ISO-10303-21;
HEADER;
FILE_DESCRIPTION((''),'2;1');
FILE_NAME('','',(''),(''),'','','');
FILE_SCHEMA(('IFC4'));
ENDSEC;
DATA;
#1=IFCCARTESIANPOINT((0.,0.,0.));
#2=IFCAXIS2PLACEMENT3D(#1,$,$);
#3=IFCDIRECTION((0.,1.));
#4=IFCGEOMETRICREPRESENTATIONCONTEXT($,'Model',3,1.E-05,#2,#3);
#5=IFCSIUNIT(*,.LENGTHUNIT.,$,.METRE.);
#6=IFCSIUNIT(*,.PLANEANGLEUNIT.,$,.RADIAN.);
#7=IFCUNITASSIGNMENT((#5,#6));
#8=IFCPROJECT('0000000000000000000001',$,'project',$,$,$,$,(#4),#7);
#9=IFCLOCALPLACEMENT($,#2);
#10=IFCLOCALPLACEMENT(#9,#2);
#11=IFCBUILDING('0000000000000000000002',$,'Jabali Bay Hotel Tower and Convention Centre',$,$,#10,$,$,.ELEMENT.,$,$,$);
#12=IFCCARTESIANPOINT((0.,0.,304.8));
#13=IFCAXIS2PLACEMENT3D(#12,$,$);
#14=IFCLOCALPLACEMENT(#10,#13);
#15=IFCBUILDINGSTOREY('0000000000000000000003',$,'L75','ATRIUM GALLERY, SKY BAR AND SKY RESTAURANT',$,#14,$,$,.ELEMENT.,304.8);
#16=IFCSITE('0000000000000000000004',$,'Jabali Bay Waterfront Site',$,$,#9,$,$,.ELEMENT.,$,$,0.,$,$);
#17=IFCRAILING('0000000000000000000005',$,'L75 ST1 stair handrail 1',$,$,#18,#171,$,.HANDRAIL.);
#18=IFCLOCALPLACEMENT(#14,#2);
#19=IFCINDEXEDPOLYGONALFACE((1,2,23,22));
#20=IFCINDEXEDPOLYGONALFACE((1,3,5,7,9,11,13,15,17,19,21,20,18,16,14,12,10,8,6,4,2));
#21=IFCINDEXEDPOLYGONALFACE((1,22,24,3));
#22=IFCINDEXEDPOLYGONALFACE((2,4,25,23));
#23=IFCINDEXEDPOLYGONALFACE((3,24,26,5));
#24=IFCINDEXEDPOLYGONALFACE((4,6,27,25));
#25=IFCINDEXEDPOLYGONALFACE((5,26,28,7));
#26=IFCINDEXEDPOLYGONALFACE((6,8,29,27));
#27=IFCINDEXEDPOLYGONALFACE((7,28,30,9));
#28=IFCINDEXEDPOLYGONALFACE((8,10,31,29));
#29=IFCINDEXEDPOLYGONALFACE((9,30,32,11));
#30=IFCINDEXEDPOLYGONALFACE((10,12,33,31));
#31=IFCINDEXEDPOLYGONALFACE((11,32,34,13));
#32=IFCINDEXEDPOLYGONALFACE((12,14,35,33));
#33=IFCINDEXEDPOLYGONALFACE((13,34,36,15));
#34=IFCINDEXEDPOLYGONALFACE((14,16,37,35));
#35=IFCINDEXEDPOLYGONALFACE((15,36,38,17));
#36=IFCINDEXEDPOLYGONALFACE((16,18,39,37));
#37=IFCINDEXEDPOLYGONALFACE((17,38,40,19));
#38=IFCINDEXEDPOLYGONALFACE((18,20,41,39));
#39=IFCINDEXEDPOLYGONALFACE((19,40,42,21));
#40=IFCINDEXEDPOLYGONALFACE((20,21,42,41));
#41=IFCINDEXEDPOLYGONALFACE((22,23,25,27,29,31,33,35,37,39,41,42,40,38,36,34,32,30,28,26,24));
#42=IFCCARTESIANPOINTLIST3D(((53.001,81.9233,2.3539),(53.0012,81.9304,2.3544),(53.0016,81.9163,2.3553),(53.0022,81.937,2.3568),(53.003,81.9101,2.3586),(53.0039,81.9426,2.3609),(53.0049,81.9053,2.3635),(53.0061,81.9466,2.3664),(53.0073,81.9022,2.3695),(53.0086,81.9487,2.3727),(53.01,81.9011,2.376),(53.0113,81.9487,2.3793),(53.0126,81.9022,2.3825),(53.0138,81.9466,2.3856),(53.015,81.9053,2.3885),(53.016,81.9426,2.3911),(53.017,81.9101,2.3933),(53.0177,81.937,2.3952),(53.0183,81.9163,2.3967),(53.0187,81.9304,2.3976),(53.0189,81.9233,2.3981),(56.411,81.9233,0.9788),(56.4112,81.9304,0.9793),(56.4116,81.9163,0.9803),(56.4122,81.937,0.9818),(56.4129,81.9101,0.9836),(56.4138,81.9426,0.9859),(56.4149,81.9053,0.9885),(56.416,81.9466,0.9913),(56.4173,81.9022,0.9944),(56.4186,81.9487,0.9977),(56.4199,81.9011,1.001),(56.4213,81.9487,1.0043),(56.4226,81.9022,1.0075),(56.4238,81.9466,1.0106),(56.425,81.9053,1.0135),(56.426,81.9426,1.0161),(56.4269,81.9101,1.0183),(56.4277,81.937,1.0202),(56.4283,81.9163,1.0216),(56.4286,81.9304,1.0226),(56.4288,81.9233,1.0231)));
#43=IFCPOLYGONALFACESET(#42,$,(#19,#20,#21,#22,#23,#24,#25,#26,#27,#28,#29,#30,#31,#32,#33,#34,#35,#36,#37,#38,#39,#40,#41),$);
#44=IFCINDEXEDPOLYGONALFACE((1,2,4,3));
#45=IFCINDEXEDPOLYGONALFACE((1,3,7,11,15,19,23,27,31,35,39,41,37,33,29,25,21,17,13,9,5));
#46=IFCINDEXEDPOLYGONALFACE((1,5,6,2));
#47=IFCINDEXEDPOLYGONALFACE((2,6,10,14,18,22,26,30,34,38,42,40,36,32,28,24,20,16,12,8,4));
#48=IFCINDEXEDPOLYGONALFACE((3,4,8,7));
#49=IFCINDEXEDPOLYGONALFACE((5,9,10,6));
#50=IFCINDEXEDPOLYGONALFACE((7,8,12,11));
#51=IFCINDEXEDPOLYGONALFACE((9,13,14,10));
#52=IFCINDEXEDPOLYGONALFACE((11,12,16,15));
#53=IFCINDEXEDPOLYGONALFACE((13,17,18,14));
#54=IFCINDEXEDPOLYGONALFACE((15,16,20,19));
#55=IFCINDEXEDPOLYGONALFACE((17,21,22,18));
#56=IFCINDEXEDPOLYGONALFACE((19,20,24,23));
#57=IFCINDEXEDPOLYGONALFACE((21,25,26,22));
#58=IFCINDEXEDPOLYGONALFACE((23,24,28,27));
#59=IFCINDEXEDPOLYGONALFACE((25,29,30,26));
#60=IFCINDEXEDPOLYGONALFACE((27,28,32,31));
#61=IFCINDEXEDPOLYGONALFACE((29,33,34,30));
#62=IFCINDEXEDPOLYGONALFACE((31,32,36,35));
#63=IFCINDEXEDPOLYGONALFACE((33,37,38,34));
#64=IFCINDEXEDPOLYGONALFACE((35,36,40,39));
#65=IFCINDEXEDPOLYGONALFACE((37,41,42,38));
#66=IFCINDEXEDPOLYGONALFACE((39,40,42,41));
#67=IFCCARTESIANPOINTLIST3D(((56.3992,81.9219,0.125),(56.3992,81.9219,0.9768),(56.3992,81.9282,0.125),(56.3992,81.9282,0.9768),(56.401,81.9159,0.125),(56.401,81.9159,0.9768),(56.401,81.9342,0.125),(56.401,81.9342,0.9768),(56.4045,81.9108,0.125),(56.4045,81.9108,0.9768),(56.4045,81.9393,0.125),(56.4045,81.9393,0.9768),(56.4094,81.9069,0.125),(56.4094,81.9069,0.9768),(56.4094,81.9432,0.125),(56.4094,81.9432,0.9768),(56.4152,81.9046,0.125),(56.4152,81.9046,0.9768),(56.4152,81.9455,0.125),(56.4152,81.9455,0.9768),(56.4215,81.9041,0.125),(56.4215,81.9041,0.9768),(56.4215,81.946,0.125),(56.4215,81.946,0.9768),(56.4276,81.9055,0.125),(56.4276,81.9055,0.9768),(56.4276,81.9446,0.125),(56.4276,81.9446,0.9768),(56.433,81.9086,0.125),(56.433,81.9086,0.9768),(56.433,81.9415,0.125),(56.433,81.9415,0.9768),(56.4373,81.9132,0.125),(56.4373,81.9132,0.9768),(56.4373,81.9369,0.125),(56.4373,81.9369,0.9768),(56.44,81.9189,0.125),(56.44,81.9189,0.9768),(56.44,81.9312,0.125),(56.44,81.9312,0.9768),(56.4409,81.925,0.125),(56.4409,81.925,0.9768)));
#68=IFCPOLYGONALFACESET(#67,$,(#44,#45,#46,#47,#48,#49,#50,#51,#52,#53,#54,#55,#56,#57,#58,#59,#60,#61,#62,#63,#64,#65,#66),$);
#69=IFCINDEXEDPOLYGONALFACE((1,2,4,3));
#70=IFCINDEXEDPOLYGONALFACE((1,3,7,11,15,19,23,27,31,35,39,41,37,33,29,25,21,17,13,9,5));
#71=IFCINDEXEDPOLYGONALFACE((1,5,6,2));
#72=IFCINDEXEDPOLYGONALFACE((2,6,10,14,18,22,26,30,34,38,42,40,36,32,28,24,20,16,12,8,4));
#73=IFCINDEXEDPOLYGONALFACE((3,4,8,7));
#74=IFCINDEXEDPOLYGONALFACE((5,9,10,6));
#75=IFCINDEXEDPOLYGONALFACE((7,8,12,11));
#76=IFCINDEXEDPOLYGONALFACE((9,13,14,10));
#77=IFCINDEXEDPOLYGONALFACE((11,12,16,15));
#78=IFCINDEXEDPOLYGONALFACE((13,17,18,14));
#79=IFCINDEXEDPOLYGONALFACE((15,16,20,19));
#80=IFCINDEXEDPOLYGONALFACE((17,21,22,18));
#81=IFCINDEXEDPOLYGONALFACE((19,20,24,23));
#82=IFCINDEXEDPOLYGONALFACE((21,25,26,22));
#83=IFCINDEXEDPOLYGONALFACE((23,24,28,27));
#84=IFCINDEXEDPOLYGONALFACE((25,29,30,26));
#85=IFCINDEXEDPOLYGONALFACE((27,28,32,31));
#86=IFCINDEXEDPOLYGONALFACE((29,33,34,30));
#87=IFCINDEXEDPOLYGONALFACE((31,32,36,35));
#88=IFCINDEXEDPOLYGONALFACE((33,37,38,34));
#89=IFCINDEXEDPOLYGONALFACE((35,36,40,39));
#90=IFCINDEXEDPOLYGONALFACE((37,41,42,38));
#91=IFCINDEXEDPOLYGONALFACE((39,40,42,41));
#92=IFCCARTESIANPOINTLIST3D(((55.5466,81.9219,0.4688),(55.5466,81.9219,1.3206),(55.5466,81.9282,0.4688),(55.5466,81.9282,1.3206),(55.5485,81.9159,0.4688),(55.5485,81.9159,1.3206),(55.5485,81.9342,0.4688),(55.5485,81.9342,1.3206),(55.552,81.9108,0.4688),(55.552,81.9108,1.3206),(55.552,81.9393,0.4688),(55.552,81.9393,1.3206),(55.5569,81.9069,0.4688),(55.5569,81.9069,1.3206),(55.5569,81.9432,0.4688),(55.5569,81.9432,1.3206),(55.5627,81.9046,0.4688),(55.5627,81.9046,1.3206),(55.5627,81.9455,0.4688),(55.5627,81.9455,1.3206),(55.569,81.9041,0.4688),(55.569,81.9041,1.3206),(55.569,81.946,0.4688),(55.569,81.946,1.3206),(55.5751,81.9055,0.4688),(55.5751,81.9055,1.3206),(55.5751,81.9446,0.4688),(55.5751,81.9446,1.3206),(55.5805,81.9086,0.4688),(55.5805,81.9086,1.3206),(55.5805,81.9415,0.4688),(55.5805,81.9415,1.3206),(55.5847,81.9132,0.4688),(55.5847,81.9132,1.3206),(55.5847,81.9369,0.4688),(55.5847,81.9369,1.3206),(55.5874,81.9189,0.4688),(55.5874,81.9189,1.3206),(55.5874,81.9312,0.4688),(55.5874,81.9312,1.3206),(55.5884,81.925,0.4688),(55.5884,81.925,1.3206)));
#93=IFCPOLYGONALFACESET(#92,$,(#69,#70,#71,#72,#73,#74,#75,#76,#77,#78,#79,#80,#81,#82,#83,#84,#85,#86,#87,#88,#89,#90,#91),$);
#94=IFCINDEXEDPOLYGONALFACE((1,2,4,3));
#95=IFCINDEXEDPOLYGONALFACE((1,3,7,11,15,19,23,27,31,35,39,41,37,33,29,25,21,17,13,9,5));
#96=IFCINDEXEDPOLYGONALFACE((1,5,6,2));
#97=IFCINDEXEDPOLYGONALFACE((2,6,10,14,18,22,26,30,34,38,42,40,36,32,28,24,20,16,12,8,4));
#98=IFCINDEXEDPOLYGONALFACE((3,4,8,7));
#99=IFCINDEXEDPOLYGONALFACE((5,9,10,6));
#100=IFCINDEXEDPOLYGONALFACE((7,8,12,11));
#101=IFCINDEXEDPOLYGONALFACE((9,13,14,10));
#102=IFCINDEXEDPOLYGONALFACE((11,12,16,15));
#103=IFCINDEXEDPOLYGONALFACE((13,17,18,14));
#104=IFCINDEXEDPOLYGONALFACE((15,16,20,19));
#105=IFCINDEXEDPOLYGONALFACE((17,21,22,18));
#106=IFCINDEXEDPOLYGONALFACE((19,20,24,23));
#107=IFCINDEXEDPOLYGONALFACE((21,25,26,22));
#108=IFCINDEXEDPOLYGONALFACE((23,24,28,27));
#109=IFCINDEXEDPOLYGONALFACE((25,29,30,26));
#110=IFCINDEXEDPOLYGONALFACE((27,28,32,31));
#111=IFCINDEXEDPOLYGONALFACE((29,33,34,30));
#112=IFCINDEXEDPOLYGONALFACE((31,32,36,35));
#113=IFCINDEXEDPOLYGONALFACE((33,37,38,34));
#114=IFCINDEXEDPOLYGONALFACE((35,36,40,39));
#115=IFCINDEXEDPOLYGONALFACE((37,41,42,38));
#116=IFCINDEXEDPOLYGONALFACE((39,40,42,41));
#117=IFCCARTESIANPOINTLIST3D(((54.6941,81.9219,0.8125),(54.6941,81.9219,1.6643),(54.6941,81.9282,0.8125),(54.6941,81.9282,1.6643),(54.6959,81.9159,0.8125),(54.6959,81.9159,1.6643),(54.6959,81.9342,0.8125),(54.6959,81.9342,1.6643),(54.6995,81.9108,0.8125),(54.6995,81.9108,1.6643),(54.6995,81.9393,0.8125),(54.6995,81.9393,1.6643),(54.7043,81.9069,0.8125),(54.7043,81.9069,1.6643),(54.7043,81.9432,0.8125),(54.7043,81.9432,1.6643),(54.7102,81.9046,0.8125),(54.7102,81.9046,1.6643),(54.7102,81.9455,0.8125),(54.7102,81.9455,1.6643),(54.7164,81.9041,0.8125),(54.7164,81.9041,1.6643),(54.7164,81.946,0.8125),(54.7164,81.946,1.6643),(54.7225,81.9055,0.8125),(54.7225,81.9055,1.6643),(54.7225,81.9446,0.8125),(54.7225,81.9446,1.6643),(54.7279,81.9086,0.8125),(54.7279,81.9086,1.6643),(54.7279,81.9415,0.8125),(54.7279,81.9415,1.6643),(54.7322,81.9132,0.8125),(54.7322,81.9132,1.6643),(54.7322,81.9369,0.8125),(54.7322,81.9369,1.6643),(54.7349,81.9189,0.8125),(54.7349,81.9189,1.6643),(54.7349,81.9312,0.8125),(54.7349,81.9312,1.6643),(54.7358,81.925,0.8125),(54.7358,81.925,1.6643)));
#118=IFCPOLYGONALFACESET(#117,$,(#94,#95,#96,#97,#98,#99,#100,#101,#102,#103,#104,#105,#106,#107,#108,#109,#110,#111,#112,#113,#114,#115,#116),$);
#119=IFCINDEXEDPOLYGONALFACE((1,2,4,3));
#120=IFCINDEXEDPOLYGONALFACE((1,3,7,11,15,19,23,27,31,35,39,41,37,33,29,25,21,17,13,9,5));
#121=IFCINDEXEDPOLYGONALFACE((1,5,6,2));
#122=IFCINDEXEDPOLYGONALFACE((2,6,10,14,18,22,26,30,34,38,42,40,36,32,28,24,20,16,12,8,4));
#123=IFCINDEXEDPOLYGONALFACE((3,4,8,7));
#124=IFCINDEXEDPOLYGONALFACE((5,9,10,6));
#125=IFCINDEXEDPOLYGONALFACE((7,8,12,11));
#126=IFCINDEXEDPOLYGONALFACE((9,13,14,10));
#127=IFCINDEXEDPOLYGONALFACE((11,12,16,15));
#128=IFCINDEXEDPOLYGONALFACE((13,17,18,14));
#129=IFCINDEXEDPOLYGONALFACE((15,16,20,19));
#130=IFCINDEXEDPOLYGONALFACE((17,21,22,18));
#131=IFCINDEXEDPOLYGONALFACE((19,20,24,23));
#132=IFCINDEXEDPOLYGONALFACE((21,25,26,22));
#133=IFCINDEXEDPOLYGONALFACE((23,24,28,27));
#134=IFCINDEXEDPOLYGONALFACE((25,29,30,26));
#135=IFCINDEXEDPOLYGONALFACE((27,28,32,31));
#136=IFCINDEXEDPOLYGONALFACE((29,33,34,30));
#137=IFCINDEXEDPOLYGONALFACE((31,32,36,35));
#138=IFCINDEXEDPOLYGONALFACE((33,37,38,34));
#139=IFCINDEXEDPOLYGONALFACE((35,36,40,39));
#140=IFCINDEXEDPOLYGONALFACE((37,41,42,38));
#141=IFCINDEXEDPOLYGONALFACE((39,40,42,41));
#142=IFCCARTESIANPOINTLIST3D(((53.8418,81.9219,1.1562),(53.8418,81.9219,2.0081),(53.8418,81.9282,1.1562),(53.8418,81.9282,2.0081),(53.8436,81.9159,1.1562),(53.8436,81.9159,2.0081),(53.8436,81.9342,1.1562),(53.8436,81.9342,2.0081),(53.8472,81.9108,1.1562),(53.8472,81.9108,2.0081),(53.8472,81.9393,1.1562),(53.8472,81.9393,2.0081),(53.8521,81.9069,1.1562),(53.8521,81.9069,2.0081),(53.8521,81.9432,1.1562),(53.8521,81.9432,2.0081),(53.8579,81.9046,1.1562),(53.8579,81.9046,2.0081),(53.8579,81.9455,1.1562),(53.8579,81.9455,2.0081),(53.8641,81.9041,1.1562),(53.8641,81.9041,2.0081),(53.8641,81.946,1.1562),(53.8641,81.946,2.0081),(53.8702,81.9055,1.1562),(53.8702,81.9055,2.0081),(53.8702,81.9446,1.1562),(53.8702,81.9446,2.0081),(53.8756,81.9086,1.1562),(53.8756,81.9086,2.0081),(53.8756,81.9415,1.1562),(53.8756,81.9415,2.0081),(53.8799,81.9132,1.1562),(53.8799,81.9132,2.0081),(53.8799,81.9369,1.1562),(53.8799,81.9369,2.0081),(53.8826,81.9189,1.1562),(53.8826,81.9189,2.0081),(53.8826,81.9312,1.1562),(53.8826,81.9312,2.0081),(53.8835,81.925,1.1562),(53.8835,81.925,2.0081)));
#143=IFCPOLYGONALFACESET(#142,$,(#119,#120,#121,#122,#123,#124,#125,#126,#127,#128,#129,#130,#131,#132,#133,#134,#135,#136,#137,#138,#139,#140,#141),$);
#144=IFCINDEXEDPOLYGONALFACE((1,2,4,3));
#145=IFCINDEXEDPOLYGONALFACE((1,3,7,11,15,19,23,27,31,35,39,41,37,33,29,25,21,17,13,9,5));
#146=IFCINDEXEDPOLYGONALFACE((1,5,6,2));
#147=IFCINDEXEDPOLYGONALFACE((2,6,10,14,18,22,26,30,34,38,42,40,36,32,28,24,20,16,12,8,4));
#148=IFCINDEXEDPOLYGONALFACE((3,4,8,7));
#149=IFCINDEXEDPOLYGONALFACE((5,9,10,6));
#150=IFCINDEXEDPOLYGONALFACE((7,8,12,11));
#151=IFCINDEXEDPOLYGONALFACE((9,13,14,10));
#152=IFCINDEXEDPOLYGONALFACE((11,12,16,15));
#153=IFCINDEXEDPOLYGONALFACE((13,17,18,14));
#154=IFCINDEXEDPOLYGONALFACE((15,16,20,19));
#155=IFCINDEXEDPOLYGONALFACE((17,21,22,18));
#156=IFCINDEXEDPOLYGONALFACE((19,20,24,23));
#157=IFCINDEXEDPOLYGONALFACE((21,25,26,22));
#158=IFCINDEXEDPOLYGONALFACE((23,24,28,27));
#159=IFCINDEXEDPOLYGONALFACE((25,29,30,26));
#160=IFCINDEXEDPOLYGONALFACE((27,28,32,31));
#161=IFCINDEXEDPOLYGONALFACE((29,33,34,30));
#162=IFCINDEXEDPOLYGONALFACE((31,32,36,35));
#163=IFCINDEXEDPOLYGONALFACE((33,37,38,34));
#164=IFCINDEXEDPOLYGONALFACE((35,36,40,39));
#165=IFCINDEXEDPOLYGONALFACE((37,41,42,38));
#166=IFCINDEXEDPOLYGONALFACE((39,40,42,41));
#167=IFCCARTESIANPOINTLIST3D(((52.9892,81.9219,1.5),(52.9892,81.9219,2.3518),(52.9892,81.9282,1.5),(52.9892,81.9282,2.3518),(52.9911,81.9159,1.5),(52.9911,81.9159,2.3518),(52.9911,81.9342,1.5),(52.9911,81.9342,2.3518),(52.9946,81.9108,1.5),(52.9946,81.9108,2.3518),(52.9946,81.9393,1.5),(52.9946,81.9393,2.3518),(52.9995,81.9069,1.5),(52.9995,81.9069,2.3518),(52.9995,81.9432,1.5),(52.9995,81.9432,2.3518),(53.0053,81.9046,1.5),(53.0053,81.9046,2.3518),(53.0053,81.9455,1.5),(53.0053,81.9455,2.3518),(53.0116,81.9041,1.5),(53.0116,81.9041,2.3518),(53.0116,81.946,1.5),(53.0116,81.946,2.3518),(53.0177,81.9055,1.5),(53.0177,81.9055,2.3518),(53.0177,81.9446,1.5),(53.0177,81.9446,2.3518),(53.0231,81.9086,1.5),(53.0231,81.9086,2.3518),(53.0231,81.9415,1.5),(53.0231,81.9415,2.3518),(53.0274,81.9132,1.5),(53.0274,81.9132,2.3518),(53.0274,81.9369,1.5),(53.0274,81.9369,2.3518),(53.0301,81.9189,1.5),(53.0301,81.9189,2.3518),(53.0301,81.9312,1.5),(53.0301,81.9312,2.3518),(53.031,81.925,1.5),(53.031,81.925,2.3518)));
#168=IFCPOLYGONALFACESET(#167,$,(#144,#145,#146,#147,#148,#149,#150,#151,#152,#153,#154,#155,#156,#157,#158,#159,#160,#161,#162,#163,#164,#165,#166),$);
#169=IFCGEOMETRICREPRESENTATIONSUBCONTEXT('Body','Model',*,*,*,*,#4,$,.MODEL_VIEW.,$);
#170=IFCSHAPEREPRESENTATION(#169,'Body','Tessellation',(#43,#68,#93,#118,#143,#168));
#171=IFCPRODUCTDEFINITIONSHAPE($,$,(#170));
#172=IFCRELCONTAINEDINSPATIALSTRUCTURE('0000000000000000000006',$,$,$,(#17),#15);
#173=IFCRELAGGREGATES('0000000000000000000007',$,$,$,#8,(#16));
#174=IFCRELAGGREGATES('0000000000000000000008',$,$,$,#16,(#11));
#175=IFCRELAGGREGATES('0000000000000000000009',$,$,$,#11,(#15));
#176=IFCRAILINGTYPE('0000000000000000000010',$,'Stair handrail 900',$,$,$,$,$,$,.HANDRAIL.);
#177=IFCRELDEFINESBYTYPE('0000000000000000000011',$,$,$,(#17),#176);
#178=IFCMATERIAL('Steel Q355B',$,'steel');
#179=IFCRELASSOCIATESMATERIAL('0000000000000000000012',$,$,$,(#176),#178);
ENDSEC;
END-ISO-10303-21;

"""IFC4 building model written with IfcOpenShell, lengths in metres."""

from ifc_helpers import new_model, si_unit, direction, frame, origin, origin_2d, place, context, subcontext, project, spatial, circle, extrude, material, type_object, element, save


model = new_model("IFC4")

# Units and contexts
model_context = context("Model", 3, precision=1e-05, world=origin(), true_north=direction((0.0, 1.0)))
body_context = subcontext(model_context, "Body", "Model", "MODEL_VIEW")
ifc_project = project(units=[si_unit("LENGTHUNIT", "METRE"), si_unit("PLANEANGLEUNIT", "RADIAN")], contexts=[model_context])

# Site, building, storey
site_placement = place(None, origin())
site = spatial("IfcSite", under=ifc_project, at=site_placement, Name="Jabali Bay Waterfront Site", CompositionType="ELEMENT", RefElevation=0.0)
building_placement = place(site_placement, origin())
building = spatial("IfcBuilding", under=site, at=building_placement, Name="Jabali Bay Hotel Tower and Convention Centre", CompositionType="ELEMENT")
storey_placement = place(building_placement, frame((0.0, 0.0, 304.8)))
storey = spatial("IfcBuildingStorey", under=building, at=storey_placement, Name="L75", Description="ATRIUM GALLERY, SKY BAR AND SKY RESTAURANT", CompositionType="ELEMENT", Elevation=304.8)

# Railing
ifc_material_1 = material(Name="Steel Q355B", Category="steel")
railing_type_1 = type_object("IfcRailingType", Name="Stair handrail 900", PredefinedType="HANDRAIL", material=ifc_material_1)
for number, where, name in (
    (1, (56.4199, 81.925, 0.125), "L75 ST1 stair handrail 1"),
):
    element("IfcRailing", number, at=place(storey_placement, frame(where)), inside=storey, type_object=railing_type_1, Name=name, PredefinedType="HANDRAIL", context=body_context, shape_type="SweptSolid", body=[
        extrude(circle(Radius=0.0239, at=origin_2d()), frame((0.0, 0.0, 0.876), z_axis=(-0.927438, 0.0, 0.373977), x_axis=(0.0, -1.0, 0.0)), (0.0, 0.0, 1.0), 3.6768),
        extrude(circle(Radius=0.021, at=origin_2d()), origin(), (0.0, 0.0, 1.0), 0.8518),
        extrude(circle(Radius=0.021, at=origin_2d()), frame((-0.8525, 0.0, 0.3438)), (0.0, 0.0, 1.0), 0.8518),
        extrude(circle(Radius=0.021, at=origin_2d()), frame((-1.7051, 0.0, 0.6875)), (0.0, 0.0, 1.0), 0.8518),
        extrude(circle(Radius=0.021, at=origin_2d()), frame((-2.5574, 0.0, 1.0312)), (0.0, 0.0, 1.0), 0.8518),
        extrude(circle(Radius=0.021, at=origin_2d()), frame((-3.4099, 0.0, 1.375)), (0.0, 0.0, 1.0), 0.8518),
    ])

save(model, "model.ifc")
